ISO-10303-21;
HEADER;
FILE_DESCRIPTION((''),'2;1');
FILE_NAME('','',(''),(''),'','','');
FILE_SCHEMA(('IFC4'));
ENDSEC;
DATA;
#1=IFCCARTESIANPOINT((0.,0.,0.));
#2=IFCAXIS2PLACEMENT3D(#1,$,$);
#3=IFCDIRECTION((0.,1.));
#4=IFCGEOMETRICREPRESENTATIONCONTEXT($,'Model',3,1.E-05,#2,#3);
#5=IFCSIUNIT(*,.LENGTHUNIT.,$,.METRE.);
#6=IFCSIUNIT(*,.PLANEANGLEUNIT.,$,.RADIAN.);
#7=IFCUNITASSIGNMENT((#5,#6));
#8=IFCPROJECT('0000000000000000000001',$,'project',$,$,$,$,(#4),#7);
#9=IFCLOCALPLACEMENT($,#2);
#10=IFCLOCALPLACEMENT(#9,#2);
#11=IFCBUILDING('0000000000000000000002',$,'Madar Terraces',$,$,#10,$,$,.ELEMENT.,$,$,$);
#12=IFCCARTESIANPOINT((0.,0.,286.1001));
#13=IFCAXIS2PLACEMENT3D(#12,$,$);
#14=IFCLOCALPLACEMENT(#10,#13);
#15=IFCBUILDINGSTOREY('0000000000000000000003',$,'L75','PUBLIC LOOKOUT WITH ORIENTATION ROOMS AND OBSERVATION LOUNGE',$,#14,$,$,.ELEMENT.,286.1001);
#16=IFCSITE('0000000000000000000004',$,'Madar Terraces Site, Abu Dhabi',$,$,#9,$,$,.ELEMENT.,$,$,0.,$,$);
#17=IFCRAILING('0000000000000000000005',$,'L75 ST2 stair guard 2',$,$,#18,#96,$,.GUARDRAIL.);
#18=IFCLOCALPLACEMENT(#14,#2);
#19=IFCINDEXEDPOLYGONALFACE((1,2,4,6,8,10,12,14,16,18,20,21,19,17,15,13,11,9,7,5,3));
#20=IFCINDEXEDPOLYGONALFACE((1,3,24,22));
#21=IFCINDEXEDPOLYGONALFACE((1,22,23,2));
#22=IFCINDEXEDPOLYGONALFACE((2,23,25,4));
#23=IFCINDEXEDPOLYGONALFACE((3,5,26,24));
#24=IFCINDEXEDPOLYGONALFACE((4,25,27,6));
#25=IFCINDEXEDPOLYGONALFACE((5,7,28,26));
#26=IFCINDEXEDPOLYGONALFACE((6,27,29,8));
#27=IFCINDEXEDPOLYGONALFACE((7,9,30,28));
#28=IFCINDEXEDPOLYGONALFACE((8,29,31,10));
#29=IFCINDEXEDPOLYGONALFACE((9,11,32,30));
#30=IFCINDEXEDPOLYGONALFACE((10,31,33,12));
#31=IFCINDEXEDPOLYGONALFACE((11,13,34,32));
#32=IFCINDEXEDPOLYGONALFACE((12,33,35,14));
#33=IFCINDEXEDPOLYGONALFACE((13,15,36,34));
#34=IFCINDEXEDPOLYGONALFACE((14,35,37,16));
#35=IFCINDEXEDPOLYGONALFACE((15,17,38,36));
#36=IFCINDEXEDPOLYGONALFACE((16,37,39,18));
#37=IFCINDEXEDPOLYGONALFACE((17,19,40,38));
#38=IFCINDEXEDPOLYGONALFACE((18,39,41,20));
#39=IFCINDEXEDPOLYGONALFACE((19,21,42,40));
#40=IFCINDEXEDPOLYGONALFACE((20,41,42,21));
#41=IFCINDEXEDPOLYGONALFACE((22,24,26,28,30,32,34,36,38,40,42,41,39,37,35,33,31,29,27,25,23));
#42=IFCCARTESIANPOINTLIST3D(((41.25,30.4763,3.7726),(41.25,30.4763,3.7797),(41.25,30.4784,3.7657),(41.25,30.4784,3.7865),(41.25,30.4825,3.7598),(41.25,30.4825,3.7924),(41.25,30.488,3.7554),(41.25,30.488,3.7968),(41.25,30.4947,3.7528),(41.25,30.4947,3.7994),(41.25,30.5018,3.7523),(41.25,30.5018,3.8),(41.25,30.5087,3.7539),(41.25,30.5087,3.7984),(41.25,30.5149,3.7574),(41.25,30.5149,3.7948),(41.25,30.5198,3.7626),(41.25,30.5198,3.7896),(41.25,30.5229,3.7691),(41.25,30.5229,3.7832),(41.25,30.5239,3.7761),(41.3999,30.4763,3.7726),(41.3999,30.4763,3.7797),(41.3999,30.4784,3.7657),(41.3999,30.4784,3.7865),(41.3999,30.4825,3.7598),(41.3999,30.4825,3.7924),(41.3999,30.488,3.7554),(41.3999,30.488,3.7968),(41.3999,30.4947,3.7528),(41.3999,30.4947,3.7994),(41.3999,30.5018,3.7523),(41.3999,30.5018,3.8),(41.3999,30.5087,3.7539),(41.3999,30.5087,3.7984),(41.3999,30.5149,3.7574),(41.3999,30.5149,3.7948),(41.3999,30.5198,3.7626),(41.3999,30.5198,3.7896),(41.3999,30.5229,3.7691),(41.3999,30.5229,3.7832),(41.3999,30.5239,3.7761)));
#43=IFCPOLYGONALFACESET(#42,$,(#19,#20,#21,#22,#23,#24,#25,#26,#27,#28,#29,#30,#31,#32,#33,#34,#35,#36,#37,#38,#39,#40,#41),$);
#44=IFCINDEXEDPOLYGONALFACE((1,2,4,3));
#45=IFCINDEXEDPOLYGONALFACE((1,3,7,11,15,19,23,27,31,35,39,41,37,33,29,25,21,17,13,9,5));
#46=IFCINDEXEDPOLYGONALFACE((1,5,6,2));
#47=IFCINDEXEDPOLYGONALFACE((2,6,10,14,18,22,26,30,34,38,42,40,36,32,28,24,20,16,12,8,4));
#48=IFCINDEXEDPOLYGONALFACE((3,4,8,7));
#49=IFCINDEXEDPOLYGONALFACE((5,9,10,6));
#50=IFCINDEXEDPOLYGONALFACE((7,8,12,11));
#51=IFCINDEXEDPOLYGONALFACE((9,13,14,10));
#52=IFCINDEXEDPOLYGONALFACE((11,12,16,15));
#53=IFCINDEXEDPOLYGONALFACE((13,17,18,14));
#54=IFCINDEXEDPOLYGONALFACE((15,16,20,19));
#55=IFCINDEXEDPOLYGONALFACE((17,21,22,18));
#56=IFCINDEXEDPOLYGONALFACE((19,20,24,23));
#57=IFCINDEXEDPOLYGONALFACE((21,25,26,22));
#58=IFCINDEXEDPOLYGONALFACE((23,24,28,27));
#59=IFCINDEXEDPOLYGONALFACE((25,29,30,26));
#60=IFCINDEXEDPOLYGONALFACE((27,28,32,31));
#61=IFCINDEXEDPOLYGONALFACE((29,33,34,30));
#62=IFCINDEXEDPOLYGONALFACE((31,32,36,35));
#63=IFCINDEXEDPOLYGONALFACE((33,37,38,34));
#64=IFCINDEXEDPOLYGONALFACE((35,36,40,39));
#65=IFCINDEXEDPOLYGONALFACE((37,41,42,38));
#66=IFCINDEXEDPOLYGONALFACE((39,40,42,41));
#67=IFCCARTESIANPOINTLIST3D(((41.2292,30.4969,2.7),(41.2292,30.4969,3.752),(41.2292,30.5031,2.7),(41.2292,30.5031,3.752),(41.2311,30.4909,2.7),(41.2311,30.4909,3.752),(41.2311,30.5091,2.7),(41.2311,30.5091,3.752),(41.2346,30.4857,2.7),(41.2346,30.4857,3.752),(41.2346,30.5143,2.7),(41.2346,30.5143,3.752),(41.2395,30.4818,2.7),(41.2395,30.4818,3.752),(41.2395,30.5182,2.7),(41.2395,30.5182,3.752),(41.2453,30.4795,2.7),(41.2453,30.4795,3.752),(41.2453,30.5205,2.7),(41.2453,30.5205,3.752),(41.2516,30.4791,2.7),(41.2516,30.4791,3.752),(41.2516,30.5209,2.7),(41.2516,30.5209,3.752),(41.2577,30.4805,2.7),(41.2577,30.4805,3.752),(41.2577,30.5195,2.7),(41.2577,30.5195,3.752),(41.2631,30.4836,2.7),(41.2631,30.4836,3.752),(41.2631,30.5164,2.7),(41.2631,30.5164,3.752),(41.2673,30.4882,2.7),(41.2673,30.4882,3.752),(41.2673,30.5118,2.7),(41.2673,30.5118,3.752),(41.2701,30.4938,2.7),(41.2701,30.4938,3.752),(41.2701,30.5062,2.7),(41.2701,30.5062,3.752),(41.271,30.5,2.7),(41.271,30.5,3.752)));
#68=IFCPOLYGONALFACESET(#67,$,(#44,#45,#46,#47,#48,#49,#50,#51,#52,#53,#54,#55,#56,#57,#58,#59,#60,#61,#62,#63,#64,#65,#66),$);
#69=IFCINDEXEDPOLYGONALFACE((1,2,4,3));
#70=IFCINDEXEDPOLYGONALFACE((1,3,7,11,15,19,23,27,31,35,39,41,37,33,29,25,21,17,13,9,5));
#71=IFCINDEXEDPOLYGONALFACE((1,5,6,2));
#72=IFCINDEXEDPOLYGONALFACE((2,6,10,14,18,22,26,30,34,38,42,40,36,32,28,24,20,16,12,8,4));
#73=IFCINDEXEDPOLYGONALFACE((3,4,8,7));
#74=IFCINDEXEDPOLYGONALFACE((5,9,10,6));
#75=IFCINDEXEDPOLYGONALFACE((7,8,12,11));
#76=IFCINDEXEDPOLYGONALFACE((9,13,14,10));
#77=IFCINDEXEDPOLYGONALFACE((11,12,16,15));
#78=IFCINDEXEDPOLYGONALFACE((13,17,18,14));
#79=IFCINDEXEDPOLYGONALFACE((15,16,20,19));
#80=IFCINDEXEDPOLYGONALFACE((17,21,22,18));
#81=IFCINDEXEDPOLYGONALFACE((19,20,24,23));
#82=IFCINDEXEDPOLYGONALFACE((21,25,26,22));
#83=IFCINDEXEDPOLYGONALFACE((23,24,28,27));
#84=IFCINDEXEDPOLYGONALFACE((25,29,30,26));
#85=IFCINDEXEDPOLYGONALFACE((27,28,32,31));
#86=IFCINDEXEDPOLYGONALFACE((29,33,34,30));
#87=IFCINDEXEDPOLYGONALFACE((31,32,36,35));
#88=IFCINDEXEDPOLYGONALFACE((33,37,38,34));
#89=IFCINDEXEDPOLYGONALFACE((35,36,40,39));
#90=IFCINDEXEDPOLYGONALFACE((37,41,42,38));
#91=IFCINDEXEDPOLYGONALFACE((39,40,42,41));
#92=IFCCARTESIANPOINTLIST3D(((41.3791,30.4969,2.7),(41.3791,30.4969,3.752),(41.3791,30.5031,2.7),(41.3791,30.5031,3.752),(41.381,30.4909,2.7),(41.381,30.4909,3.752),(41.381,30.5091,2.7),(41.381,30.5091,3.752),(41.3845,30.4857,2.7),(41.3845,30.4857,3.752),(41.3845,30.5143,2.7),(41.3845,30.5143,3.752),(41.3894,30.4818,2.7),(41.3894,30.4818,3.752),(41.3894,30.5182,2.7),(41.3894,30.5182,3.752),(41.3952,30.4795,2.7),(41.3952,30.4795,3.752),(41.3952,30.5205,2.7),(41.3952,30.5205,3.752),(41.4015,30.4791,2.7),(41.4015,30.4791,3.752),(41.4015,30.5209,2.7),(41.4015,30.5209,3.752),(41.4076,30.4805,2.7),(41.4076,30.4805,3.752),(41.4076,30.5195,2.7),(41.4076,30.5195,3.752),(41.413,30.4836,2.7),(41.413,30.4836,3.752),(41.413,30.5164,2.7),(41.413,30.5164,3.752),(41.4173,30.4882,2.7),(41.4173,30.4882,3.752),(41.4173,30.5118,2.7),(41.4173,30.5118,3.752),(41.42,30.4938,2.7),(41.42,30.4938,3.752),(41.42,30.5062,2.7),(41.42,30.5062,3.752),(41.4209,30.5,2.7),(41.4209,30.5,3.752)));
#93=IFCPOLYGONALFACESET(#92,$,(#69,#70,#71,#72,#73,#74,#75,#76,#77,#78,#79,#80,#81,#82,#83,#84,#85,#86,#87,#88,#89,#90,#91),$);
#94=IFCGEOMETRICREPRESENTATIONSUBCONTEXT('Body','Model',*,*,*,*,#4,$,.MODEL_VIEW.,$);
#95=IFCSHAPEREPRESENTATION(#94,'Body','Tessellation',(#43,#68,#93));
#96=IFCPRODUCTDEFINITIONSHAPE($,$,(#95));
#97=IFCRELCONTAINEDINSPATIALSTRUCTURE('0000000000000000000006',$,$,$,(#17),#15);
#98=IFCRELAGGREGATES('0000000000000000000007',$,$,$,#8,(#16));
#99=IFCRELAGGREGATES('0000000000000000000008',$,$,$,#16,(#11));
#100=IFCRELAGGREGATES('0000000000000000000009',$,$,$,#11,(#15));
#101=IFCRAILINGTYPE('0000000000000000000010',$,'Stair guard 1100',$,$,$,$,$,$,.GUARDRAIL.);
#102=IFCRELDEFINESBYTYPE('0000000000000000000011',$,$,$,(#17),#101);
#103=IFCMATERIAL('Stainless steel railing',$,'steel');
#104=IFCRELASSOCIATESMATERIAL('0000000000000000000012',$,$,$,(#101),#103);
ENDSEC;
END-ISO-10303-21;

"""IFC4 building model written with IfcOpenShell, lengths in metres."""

from ifc_helpers import new_model, si_unit, direction, frame, origin, origin_2d, place, context, subcontext, project, spatial, circle, extrude, material, type_object, element, save


model = new_model("IFC4")

# Units and contexts
model_context = context("Model", 3, precision=1e-05, world=origin(), true_north=direction((0.0, 1.0)))
body_context = subcontext(model_context, "Body", "Model", "MODEL_VIEW")
ifc_project = project(units=[si_unit("LENGTHUNIT", "METRE"), si_unit("PLANEANGLEUNIT", "RADIAN")], contexts=[model_context])

# Site, building, storey
site_placement = place(None, origin())
site = spatial("IfcSite", under=ifc_project, at=site_placement, Name="Madar Terraces Site, Abu Dhabi", CompositionType="ELEMENT", RefElevation=0.0)
building_placement = place(site_placement, origin())
building = spatial("IfcBuilding", under=site, at=building_placement, Name="Madar Terraces", CompositionType="ELEMENT")
storey_placement = place(building_placement, frame((0.0, 0.0, 286.1001)))
storey = spatial("IfcBuildingStorey", under=building, at=storey_placement, Name="L75", Description="PUBLIC LOOKOUT WITH ORIENTATION ROOMS AND OBSERVATION LOUNGE", CompositionType="ELEMENT", Elevation=286.1001)

# Railing
ifc_material_1 = material(Name="Stainless steel railing", Category="steel")
railing_type_1 = type_object("IfcRailingType", Name="Stair guard 1100", PredefinedType="GUARDRAIL", material=ifc_material_1)
railing_1_placement = place(storey_placement, frame((41.25, 30.5, 2.7)))
element("IfcRailing", 1, at=railing_1_placement, inside=storey, type_object=railing_type_1, Name="L75 ST2 stair guard 2", PredefinedType="GUARDRAIL", context=body_context, shape_type="SweptSolid", body=[
    extrude(circle(Radius=0.0239, at=origin_2d()), frame((0.0, 0.0, 1.0762), z_axis=(1.0, 0.0, 0.0), x_axis=(0.0, 1.0, 0.0)), (0.0, 0.0, 1.0), 0.1499),
    extrude(circle(Radius=0.021, at=origin_2d()), origin(), (0.0, 0.0, 1.0), 1.052),
    extrude(circle(Radius=0.021, at=origin_2d()), frame((0.1499, 0.0, 0.0)), (0.0, 0.0, 1.0), 1.052),
])

save(model, "model.ifc")
